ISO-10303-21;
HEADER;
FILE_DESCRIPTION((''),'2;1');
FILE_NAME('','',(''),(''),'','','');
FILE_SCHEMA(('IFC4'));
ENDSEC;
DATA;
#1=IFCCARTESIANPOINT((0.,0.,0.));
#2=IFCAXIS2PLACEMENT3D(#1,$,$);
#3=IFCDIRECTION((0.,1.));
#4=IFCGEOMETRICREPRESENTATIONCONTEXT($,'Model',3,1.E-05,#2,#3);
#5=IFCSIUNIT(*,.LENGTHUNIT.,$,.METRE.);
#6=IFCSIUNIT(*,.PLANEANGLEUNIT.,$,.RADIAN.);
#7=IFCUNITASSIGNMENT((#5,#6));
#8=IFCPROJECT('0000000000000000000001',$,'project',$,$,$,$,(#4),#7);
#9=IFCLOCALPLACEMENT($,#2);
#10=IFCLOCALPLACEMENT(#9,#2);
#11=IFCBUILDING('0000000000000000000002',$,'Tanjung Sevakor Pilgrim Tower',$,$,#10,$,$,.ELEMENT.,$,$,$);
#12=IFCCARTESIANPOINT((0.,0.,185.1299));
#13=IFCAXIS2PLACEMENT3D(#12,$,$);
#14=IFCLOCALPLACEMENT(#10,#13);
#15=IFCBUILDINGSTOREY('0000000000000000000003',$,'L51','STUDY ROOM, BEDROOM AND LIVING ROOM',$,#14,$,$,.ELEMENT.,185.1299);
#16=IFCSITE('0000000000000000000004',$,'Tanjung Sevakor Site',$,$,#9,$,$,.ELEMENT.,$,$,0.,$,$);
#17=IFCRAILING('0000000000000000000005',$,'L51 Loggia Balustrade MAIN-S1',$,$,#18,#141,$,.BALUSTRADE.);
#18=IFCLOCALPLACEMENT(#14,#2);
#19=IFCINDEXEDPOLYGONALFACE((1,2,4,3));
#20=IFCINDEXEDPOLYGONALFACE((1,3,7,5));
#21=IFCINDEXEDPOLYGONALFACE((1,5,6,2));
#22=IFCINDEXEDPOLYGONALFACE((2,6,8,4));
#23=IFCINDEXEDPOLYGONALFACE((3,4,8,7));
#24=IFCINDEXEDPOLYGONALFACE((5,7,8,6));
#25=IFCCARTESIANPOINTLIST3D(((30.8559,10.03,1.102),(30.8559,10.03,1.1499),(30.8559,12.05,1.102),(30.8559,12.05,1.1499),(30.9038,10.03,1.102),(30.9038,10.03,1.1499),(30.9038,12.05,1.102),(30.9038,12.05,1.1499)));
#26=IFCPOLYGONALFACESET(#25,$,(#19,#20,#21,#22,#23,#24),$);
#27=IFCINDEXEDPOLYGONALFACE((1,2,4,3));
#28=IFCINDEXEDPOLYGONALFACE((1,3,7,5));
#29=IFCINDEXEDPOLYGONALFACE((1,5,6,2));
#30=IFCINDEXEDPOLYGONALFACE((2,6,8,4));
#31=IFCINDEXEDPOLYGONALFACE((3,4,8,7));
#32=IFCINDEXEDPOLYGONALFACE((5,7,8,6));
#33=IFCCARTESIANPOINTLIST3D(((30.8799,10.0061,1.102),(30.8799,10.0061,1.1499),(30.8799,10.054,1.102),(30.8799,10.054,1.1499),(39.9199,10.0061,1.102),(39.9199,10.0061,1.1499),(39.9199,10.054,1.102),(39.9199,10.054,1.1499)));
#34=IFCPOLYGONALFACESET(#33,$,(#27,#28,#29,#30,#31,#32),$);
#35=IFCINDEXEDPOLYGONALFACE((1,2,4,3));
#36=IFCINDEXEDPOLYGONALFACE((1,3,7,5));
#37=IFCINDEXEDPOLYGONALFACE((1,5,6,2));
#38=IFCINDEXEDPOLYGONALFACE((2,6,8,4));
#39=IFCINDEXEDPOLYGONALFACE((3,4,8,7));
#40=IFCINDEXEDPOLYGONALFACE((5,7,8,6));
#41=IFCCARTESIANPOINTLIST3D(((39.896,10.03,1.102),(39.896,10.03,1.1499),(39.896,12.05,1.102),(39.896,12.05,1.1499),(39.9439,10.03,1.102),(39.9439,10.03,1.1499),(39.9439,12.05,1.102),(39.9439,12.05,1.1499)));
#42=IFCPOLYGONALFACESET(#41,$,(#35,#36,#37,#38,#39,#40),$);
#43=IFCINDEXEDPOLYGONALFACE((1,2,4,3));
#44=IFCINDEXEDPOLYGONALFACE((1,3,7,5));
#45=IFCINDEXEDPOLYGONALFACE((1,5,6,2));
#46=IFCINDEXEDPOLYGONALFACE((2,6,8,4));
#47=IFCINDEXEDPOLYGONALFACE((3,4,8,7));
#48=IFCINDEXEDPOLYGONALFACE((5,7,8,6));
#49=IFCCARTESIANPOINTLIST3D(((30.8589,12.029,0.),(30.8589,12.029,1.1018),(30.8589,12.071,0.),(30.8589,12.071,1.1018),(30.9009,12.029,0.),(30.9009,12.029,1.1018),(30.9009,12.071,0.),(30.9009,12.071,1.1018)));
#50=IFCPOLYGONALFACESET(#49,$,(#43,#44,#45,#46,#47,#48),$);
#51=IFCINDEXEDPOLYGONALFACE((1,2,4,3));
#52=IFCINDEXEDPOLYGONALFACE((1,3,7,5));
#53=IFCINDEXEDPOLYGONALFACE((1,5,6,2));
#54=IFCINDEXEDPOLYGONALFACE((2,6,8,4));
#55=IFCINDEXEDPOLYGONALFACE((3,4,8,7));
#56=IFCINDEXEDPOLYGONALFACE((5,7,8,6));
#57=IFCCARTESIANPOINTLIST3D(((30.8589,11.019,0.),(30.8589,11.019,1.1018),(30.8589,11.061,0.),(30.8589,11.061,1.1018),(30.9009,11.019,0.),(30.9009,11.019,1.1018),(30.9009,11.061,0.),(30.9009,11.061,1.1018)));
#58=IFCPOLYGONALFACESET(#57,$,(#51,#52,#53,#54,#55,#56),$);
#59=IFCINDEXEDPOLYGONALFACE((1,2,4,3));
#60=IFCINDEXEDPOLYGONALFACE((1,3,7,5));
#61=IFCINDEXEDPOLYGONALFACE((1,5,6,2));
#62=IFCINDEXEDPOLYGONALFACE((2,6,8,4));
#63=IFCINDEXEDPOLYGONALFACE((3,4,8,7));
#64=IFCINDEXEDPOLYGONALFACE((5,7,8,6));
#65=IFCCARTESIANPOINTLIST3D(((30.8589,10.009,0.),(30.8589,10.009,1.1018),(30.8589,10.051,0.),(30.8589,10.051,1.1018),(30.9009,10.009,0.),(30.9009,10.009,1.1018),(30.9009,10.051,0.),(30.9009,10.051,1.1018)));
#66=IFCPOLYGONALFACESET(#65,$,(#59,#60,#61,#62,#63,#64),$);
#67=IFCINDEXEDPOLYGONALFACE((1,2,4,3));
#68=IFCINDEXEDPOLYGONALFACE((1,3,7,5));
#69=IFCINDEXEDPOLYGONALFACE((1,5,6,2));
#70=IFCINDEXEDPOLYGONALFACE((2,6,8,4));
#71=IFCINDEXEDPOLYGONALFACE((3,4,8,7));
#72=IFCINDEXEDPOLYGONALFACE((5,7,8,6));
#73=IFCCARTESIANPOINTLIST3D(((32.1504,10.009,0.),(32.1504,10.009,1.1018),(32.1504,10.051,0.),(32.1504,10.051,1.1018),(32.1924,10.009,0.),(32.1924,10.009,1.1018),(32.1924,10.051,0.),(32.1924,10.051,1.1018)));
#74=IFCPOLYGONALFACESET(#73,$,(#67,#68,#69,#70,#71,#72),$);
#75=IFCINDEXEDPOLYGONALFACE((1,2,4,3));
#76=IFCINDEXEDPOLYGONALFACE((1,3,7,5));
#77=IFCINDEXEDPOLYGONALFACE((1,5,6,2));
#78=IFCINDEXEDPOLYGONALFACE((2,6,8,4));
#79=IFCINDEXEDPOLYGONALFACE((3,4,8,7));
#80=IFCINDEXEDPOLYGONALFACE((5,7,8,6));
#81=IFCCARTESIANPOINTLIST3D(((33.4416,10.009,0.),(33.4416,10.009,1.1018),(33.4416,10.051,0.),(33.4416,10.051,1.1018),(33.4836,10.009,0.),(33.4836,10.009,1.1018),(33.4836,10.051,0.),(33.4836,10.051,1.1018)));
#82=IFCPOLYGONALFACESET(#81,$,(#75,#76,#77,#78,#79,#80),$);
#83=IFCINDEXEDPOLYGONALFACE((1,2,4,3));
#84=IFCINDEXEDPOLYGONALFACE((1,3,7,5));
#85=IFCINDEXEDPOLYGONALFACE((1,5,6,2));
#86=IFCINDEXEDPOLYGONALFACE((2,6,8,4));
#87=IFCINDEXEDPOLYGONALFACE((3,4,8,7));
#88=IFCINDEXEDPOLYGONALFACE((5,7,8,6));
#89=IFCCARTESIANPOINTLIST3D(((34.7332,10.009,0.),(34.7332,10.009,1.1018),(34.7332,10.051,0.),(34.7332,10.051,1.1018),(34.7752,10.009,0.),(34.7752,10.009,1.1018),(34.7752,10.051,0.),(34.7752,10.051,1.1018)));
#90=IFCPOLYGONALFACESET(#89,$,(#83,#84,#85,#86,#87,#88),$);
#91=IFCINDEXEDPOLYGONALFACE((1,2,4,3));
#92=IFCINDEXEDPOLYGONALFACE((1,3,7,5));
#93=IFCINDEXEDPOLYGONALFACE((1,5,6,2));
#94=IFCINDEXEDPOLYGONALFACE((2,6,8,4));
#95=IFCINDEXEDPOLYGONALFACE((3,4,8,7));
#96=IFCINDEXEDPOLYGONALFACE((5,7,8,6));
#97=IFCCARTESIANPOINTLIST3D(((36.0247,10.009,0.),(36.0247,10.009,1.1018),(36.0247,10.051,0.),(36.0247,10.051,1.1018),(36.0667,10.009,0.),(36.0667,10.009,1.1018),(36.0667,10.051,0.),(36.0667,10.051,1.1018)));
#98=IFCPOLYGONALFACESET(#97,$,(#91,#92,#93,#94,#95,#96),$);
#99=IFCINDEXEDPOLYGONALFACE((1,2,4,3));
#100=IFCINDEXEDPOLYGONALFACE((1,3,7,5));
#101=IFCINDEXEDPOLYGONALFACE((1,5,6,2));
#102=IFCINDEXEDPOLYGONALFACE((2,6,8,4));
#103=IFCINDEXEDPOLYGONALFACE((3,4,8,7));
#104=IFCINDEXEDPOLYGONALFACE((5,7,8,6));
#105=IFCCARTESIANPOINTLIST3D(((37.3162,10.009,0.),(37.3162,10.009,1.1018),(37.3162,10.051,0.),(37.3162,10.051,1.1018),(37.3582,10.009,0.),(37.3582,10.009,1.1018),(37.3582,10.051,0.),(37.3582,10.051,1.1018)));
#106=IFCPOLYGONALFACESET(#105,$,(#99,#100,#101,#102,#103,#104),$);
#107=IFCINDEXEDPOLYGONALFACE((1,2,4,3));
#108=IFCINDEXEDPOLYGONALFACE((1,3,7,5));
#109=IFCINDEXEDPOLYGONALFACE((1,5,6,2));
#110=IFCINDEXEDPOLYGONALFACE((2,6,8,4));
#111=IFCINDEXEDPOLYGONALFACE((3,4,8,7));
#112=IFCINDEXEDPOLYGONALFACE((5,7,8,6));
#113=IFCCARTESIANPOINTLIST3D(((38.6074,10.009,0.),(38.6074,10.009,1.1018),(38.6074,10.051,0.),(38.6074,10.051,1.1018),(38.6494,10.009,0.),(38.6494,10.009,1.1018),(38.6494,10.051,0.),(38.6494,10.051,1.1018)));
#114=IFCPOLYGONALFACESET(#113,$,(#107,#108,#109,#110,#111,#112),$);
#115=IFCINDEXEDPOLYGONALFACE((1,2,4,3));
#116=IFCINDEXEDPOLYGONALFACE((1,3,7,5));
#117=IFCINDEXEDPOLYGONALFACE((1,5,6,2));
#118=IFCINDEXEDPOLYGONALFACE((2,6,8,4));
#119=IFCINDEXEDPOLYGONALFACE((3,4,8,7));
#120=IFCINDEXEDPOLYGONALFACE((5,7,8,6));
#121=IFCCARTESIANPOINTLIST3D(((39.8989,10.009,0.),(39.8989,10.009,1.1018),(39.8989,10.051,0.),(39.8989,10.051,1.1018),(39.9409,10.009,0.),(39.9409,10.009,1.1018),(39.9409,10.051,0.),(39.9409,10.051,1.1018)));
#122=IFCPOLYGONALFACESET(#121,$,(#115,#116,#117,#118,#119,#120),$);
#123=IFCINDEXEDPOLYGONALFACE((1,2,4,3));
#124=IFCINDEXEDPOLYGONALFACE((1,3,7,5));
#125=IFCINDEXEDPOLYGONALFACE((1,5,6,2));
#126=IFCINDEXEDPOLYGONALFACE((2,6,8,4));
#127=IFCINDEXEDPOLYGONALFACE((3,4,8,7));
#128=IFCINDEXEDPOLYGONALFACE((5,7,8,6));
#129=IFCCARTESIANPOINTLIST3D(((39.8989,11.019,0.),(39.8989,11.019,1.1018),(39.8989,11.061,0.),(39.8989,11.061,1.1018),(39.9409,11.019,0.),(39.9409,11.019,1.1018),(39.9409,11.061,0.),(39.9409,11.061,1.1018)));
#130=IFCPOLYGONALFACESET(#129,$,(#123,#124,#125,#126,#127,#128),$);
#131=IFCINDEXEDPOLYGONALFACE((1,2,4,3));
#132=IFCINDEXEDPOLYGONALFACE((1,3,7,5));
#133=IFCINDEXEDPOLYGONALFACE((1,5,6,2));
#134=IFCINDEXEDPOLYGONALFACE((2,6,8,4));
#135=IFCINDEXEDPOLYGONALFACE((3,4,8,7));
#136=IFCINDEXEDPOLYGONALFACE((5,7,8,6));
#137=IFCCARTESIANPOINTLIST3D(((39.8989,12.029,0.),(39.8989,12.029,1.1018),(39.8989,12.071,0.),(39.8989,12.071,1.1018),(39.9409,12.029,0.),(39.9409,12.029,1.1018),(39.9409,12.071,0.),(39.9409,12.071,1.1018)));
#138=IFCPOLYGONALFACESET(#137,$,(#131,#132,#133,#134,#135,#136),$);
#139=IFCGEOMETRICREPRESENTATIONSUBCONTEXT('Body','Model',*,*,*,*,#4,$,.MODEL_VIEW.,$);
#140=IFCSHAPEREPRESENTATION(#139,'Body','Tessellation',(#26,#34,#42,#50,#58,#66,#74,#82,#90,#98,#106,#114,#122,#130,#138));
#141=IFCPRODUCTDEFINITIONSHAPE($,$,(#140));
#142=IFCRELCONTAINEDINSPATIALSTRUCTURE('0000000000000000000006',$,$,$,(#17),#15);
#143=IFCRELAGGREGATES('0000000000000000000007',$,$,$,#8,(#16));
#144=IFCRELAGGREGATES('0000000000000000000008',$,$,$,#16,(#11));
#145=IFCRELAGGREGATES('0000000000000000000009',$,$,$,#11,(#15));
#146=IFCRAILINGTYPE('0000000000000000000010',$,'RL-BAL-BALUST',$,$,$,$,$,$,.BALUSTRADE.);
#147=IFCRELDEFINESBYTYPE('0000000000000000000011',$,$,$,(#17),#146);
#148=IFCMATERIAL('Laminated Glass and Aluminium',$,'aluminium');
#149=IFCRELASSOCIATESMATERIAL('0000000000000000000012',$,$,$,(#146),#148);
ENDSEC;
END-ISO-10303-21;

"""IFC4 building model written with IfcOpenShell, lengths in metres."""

from ifc_helpers import new_model, si_unit, direction, frame, origin, place, context, subcontext, project, spatial, rectangle, extrude, material, type_object, element, save


model = new_model("IFC4")

# Units and contexts
model_context = context("Model", 3, precision=1e-05, world=origin(), true_north=direction((0.0, 1.0)))
body_context = subcontext(model_context, "Body", "Model", "MODEL_VIEW")
ifc_project = project(units=[si_unit("LENGTHUNIT", "METRE"), si_unit("PLANEANGLEUNIT", "RADIAN")], contexts=[model_context])

# Site, building, storey
site_placement = place(None, origin())
site = spatial("IfcSite", under=ifc_project, at=site_placement, Name="Tanjung Sevakor Site", CompositionType="ELEMENT", RefElevation=0.0)
building_placement = place(site_placement, origin())
building = spatial("IfcBuilding", under=site, at=building_placement, Name="Tanjung Sevakor Pilgrim Tower", CompositionType="ELEMENT")
storey_placement = place(building_placement, frame((0.0, 0.0, 185.1299)))
storey = spatial("IfcBuildingStorey", under=building, at=storey_placement, Name="L51", Description="STUDY ROOM, BEDROOM AND LIVING ROOM", CompositionType="ELEMENT", Elevation=185.1299)

# Railing
ifc_material_1 = material(Name="Laminated Glass and Aluminium", Category="aluminium")
railing_type = type_object("IfcRailingType", Name="RL-BAL-BALUST", PredefinedType="BALUSTRADE", material=ifc_material_1)
railing_placement = place(storey_placement, frame((30.8799, 12.05, 0.0)))
element("IfcRailing", 1, at=railing_placement, inside=storey, type_object=railing_type, Name="L51 Loggia Balustrade MAIN-S1", PredefinedType="BALUSTRADE", context=body_context, shape_type="SweptSolid", body=[
    extrude(rectangle(XDim=0.0479, YDim=0.0479), frame((0.0, 0.0, 1.126), z_axis=(0.0, -1.0, 0.0), x_axis=(1.0, 0.0, 0.0)), (0.0, 0.0, 1.0), 2.02),
    extrude(rectangle(XDim=0.0479, YDim=0.0479), frame((0.0, -2.02, 1.126), z_axis=(1.0, 0.0, 0.0), x_axis=(0.0, 1.0, 0.0)), (0.0, 0.0, 1.0), 9.04),
    extrude(rectangle(XDim=0.0479, YDim=0.0479), frame((9.04, -2.02, 1.126), z_axis=(0.0, 1.0, 0.0), x_axis=(-1.0, 0.0, 0.0)), (0.0, 0.0, 1.0), 2.02),
    extrude(rectangle(XDim=0.042, YDim=0.042), origin(), (0.0, 0.0, 1.0), 1.1018),
    extrude(rectangle(XDim=0.042, YDim=0.042), frame((0.0, -1.01, 0.0)), (0.0, 0.0, 1.0), 1.1018),
    extrude(rectangle(XDim=0.042, YDim=0.042), frame((0.0, -2.02, 0.0)), (0.0, 0.0, 1.0), 1.1018),
    extrude(rectangle(XDim=0.042, YDim=0.042), frame((1.2915, -2.02, 0.0)), (0.0, 0.0, 1.0), 1.1018),
    extrude(rectangle(XDim=0.042, YDim=0.042), frame((2.5828, -2.02, 0.0)), (0.0, 0.0, 1.0), 1.1018),
    extrude(rectangle(XDim=0.042, YDim=0.042), frame((3.8743, -2.02, 0.0)), (0.0, 0.0, 1.0), 1.1018),
    extrude(rectangle(XDim=0.042, YDim=0.042), frame((5.1658, -2.02, 0.0)), (0.0, 0.0, 1.0), 1.1018),
    extrude(rectangle(XDim=0.042, YDim=0.042), frame((6.4573, -2.02, 0.0)), (0.0, 0.0, 1.0), 1.1018),
    extrude(rectangle(XDim=0.042, YDim=0.042), frame((7.7485, -2.02, 0.0)), (0.0, 0.0, 1.0), 1.1018),
    extrude(rectangle(XDim=0.042, YDim=0.042), frame((9.04, -2.02, 0.0)), (0.0, 0.0, 1.0), 1.1018),
    extrude(rectangle(XDim=0.042, YDim=0.042), frame((9.04, -1.01, 0.0)), (0.0, 0.0, 1.0), 1.1018),
    extrude(rectangle(XDim=0.042, YDim=0.042), frame((9.04, 0.0, 0.0)), (0.0, 0.0, 1.0), 1.1018),
])

save(model, "model.ifc")
